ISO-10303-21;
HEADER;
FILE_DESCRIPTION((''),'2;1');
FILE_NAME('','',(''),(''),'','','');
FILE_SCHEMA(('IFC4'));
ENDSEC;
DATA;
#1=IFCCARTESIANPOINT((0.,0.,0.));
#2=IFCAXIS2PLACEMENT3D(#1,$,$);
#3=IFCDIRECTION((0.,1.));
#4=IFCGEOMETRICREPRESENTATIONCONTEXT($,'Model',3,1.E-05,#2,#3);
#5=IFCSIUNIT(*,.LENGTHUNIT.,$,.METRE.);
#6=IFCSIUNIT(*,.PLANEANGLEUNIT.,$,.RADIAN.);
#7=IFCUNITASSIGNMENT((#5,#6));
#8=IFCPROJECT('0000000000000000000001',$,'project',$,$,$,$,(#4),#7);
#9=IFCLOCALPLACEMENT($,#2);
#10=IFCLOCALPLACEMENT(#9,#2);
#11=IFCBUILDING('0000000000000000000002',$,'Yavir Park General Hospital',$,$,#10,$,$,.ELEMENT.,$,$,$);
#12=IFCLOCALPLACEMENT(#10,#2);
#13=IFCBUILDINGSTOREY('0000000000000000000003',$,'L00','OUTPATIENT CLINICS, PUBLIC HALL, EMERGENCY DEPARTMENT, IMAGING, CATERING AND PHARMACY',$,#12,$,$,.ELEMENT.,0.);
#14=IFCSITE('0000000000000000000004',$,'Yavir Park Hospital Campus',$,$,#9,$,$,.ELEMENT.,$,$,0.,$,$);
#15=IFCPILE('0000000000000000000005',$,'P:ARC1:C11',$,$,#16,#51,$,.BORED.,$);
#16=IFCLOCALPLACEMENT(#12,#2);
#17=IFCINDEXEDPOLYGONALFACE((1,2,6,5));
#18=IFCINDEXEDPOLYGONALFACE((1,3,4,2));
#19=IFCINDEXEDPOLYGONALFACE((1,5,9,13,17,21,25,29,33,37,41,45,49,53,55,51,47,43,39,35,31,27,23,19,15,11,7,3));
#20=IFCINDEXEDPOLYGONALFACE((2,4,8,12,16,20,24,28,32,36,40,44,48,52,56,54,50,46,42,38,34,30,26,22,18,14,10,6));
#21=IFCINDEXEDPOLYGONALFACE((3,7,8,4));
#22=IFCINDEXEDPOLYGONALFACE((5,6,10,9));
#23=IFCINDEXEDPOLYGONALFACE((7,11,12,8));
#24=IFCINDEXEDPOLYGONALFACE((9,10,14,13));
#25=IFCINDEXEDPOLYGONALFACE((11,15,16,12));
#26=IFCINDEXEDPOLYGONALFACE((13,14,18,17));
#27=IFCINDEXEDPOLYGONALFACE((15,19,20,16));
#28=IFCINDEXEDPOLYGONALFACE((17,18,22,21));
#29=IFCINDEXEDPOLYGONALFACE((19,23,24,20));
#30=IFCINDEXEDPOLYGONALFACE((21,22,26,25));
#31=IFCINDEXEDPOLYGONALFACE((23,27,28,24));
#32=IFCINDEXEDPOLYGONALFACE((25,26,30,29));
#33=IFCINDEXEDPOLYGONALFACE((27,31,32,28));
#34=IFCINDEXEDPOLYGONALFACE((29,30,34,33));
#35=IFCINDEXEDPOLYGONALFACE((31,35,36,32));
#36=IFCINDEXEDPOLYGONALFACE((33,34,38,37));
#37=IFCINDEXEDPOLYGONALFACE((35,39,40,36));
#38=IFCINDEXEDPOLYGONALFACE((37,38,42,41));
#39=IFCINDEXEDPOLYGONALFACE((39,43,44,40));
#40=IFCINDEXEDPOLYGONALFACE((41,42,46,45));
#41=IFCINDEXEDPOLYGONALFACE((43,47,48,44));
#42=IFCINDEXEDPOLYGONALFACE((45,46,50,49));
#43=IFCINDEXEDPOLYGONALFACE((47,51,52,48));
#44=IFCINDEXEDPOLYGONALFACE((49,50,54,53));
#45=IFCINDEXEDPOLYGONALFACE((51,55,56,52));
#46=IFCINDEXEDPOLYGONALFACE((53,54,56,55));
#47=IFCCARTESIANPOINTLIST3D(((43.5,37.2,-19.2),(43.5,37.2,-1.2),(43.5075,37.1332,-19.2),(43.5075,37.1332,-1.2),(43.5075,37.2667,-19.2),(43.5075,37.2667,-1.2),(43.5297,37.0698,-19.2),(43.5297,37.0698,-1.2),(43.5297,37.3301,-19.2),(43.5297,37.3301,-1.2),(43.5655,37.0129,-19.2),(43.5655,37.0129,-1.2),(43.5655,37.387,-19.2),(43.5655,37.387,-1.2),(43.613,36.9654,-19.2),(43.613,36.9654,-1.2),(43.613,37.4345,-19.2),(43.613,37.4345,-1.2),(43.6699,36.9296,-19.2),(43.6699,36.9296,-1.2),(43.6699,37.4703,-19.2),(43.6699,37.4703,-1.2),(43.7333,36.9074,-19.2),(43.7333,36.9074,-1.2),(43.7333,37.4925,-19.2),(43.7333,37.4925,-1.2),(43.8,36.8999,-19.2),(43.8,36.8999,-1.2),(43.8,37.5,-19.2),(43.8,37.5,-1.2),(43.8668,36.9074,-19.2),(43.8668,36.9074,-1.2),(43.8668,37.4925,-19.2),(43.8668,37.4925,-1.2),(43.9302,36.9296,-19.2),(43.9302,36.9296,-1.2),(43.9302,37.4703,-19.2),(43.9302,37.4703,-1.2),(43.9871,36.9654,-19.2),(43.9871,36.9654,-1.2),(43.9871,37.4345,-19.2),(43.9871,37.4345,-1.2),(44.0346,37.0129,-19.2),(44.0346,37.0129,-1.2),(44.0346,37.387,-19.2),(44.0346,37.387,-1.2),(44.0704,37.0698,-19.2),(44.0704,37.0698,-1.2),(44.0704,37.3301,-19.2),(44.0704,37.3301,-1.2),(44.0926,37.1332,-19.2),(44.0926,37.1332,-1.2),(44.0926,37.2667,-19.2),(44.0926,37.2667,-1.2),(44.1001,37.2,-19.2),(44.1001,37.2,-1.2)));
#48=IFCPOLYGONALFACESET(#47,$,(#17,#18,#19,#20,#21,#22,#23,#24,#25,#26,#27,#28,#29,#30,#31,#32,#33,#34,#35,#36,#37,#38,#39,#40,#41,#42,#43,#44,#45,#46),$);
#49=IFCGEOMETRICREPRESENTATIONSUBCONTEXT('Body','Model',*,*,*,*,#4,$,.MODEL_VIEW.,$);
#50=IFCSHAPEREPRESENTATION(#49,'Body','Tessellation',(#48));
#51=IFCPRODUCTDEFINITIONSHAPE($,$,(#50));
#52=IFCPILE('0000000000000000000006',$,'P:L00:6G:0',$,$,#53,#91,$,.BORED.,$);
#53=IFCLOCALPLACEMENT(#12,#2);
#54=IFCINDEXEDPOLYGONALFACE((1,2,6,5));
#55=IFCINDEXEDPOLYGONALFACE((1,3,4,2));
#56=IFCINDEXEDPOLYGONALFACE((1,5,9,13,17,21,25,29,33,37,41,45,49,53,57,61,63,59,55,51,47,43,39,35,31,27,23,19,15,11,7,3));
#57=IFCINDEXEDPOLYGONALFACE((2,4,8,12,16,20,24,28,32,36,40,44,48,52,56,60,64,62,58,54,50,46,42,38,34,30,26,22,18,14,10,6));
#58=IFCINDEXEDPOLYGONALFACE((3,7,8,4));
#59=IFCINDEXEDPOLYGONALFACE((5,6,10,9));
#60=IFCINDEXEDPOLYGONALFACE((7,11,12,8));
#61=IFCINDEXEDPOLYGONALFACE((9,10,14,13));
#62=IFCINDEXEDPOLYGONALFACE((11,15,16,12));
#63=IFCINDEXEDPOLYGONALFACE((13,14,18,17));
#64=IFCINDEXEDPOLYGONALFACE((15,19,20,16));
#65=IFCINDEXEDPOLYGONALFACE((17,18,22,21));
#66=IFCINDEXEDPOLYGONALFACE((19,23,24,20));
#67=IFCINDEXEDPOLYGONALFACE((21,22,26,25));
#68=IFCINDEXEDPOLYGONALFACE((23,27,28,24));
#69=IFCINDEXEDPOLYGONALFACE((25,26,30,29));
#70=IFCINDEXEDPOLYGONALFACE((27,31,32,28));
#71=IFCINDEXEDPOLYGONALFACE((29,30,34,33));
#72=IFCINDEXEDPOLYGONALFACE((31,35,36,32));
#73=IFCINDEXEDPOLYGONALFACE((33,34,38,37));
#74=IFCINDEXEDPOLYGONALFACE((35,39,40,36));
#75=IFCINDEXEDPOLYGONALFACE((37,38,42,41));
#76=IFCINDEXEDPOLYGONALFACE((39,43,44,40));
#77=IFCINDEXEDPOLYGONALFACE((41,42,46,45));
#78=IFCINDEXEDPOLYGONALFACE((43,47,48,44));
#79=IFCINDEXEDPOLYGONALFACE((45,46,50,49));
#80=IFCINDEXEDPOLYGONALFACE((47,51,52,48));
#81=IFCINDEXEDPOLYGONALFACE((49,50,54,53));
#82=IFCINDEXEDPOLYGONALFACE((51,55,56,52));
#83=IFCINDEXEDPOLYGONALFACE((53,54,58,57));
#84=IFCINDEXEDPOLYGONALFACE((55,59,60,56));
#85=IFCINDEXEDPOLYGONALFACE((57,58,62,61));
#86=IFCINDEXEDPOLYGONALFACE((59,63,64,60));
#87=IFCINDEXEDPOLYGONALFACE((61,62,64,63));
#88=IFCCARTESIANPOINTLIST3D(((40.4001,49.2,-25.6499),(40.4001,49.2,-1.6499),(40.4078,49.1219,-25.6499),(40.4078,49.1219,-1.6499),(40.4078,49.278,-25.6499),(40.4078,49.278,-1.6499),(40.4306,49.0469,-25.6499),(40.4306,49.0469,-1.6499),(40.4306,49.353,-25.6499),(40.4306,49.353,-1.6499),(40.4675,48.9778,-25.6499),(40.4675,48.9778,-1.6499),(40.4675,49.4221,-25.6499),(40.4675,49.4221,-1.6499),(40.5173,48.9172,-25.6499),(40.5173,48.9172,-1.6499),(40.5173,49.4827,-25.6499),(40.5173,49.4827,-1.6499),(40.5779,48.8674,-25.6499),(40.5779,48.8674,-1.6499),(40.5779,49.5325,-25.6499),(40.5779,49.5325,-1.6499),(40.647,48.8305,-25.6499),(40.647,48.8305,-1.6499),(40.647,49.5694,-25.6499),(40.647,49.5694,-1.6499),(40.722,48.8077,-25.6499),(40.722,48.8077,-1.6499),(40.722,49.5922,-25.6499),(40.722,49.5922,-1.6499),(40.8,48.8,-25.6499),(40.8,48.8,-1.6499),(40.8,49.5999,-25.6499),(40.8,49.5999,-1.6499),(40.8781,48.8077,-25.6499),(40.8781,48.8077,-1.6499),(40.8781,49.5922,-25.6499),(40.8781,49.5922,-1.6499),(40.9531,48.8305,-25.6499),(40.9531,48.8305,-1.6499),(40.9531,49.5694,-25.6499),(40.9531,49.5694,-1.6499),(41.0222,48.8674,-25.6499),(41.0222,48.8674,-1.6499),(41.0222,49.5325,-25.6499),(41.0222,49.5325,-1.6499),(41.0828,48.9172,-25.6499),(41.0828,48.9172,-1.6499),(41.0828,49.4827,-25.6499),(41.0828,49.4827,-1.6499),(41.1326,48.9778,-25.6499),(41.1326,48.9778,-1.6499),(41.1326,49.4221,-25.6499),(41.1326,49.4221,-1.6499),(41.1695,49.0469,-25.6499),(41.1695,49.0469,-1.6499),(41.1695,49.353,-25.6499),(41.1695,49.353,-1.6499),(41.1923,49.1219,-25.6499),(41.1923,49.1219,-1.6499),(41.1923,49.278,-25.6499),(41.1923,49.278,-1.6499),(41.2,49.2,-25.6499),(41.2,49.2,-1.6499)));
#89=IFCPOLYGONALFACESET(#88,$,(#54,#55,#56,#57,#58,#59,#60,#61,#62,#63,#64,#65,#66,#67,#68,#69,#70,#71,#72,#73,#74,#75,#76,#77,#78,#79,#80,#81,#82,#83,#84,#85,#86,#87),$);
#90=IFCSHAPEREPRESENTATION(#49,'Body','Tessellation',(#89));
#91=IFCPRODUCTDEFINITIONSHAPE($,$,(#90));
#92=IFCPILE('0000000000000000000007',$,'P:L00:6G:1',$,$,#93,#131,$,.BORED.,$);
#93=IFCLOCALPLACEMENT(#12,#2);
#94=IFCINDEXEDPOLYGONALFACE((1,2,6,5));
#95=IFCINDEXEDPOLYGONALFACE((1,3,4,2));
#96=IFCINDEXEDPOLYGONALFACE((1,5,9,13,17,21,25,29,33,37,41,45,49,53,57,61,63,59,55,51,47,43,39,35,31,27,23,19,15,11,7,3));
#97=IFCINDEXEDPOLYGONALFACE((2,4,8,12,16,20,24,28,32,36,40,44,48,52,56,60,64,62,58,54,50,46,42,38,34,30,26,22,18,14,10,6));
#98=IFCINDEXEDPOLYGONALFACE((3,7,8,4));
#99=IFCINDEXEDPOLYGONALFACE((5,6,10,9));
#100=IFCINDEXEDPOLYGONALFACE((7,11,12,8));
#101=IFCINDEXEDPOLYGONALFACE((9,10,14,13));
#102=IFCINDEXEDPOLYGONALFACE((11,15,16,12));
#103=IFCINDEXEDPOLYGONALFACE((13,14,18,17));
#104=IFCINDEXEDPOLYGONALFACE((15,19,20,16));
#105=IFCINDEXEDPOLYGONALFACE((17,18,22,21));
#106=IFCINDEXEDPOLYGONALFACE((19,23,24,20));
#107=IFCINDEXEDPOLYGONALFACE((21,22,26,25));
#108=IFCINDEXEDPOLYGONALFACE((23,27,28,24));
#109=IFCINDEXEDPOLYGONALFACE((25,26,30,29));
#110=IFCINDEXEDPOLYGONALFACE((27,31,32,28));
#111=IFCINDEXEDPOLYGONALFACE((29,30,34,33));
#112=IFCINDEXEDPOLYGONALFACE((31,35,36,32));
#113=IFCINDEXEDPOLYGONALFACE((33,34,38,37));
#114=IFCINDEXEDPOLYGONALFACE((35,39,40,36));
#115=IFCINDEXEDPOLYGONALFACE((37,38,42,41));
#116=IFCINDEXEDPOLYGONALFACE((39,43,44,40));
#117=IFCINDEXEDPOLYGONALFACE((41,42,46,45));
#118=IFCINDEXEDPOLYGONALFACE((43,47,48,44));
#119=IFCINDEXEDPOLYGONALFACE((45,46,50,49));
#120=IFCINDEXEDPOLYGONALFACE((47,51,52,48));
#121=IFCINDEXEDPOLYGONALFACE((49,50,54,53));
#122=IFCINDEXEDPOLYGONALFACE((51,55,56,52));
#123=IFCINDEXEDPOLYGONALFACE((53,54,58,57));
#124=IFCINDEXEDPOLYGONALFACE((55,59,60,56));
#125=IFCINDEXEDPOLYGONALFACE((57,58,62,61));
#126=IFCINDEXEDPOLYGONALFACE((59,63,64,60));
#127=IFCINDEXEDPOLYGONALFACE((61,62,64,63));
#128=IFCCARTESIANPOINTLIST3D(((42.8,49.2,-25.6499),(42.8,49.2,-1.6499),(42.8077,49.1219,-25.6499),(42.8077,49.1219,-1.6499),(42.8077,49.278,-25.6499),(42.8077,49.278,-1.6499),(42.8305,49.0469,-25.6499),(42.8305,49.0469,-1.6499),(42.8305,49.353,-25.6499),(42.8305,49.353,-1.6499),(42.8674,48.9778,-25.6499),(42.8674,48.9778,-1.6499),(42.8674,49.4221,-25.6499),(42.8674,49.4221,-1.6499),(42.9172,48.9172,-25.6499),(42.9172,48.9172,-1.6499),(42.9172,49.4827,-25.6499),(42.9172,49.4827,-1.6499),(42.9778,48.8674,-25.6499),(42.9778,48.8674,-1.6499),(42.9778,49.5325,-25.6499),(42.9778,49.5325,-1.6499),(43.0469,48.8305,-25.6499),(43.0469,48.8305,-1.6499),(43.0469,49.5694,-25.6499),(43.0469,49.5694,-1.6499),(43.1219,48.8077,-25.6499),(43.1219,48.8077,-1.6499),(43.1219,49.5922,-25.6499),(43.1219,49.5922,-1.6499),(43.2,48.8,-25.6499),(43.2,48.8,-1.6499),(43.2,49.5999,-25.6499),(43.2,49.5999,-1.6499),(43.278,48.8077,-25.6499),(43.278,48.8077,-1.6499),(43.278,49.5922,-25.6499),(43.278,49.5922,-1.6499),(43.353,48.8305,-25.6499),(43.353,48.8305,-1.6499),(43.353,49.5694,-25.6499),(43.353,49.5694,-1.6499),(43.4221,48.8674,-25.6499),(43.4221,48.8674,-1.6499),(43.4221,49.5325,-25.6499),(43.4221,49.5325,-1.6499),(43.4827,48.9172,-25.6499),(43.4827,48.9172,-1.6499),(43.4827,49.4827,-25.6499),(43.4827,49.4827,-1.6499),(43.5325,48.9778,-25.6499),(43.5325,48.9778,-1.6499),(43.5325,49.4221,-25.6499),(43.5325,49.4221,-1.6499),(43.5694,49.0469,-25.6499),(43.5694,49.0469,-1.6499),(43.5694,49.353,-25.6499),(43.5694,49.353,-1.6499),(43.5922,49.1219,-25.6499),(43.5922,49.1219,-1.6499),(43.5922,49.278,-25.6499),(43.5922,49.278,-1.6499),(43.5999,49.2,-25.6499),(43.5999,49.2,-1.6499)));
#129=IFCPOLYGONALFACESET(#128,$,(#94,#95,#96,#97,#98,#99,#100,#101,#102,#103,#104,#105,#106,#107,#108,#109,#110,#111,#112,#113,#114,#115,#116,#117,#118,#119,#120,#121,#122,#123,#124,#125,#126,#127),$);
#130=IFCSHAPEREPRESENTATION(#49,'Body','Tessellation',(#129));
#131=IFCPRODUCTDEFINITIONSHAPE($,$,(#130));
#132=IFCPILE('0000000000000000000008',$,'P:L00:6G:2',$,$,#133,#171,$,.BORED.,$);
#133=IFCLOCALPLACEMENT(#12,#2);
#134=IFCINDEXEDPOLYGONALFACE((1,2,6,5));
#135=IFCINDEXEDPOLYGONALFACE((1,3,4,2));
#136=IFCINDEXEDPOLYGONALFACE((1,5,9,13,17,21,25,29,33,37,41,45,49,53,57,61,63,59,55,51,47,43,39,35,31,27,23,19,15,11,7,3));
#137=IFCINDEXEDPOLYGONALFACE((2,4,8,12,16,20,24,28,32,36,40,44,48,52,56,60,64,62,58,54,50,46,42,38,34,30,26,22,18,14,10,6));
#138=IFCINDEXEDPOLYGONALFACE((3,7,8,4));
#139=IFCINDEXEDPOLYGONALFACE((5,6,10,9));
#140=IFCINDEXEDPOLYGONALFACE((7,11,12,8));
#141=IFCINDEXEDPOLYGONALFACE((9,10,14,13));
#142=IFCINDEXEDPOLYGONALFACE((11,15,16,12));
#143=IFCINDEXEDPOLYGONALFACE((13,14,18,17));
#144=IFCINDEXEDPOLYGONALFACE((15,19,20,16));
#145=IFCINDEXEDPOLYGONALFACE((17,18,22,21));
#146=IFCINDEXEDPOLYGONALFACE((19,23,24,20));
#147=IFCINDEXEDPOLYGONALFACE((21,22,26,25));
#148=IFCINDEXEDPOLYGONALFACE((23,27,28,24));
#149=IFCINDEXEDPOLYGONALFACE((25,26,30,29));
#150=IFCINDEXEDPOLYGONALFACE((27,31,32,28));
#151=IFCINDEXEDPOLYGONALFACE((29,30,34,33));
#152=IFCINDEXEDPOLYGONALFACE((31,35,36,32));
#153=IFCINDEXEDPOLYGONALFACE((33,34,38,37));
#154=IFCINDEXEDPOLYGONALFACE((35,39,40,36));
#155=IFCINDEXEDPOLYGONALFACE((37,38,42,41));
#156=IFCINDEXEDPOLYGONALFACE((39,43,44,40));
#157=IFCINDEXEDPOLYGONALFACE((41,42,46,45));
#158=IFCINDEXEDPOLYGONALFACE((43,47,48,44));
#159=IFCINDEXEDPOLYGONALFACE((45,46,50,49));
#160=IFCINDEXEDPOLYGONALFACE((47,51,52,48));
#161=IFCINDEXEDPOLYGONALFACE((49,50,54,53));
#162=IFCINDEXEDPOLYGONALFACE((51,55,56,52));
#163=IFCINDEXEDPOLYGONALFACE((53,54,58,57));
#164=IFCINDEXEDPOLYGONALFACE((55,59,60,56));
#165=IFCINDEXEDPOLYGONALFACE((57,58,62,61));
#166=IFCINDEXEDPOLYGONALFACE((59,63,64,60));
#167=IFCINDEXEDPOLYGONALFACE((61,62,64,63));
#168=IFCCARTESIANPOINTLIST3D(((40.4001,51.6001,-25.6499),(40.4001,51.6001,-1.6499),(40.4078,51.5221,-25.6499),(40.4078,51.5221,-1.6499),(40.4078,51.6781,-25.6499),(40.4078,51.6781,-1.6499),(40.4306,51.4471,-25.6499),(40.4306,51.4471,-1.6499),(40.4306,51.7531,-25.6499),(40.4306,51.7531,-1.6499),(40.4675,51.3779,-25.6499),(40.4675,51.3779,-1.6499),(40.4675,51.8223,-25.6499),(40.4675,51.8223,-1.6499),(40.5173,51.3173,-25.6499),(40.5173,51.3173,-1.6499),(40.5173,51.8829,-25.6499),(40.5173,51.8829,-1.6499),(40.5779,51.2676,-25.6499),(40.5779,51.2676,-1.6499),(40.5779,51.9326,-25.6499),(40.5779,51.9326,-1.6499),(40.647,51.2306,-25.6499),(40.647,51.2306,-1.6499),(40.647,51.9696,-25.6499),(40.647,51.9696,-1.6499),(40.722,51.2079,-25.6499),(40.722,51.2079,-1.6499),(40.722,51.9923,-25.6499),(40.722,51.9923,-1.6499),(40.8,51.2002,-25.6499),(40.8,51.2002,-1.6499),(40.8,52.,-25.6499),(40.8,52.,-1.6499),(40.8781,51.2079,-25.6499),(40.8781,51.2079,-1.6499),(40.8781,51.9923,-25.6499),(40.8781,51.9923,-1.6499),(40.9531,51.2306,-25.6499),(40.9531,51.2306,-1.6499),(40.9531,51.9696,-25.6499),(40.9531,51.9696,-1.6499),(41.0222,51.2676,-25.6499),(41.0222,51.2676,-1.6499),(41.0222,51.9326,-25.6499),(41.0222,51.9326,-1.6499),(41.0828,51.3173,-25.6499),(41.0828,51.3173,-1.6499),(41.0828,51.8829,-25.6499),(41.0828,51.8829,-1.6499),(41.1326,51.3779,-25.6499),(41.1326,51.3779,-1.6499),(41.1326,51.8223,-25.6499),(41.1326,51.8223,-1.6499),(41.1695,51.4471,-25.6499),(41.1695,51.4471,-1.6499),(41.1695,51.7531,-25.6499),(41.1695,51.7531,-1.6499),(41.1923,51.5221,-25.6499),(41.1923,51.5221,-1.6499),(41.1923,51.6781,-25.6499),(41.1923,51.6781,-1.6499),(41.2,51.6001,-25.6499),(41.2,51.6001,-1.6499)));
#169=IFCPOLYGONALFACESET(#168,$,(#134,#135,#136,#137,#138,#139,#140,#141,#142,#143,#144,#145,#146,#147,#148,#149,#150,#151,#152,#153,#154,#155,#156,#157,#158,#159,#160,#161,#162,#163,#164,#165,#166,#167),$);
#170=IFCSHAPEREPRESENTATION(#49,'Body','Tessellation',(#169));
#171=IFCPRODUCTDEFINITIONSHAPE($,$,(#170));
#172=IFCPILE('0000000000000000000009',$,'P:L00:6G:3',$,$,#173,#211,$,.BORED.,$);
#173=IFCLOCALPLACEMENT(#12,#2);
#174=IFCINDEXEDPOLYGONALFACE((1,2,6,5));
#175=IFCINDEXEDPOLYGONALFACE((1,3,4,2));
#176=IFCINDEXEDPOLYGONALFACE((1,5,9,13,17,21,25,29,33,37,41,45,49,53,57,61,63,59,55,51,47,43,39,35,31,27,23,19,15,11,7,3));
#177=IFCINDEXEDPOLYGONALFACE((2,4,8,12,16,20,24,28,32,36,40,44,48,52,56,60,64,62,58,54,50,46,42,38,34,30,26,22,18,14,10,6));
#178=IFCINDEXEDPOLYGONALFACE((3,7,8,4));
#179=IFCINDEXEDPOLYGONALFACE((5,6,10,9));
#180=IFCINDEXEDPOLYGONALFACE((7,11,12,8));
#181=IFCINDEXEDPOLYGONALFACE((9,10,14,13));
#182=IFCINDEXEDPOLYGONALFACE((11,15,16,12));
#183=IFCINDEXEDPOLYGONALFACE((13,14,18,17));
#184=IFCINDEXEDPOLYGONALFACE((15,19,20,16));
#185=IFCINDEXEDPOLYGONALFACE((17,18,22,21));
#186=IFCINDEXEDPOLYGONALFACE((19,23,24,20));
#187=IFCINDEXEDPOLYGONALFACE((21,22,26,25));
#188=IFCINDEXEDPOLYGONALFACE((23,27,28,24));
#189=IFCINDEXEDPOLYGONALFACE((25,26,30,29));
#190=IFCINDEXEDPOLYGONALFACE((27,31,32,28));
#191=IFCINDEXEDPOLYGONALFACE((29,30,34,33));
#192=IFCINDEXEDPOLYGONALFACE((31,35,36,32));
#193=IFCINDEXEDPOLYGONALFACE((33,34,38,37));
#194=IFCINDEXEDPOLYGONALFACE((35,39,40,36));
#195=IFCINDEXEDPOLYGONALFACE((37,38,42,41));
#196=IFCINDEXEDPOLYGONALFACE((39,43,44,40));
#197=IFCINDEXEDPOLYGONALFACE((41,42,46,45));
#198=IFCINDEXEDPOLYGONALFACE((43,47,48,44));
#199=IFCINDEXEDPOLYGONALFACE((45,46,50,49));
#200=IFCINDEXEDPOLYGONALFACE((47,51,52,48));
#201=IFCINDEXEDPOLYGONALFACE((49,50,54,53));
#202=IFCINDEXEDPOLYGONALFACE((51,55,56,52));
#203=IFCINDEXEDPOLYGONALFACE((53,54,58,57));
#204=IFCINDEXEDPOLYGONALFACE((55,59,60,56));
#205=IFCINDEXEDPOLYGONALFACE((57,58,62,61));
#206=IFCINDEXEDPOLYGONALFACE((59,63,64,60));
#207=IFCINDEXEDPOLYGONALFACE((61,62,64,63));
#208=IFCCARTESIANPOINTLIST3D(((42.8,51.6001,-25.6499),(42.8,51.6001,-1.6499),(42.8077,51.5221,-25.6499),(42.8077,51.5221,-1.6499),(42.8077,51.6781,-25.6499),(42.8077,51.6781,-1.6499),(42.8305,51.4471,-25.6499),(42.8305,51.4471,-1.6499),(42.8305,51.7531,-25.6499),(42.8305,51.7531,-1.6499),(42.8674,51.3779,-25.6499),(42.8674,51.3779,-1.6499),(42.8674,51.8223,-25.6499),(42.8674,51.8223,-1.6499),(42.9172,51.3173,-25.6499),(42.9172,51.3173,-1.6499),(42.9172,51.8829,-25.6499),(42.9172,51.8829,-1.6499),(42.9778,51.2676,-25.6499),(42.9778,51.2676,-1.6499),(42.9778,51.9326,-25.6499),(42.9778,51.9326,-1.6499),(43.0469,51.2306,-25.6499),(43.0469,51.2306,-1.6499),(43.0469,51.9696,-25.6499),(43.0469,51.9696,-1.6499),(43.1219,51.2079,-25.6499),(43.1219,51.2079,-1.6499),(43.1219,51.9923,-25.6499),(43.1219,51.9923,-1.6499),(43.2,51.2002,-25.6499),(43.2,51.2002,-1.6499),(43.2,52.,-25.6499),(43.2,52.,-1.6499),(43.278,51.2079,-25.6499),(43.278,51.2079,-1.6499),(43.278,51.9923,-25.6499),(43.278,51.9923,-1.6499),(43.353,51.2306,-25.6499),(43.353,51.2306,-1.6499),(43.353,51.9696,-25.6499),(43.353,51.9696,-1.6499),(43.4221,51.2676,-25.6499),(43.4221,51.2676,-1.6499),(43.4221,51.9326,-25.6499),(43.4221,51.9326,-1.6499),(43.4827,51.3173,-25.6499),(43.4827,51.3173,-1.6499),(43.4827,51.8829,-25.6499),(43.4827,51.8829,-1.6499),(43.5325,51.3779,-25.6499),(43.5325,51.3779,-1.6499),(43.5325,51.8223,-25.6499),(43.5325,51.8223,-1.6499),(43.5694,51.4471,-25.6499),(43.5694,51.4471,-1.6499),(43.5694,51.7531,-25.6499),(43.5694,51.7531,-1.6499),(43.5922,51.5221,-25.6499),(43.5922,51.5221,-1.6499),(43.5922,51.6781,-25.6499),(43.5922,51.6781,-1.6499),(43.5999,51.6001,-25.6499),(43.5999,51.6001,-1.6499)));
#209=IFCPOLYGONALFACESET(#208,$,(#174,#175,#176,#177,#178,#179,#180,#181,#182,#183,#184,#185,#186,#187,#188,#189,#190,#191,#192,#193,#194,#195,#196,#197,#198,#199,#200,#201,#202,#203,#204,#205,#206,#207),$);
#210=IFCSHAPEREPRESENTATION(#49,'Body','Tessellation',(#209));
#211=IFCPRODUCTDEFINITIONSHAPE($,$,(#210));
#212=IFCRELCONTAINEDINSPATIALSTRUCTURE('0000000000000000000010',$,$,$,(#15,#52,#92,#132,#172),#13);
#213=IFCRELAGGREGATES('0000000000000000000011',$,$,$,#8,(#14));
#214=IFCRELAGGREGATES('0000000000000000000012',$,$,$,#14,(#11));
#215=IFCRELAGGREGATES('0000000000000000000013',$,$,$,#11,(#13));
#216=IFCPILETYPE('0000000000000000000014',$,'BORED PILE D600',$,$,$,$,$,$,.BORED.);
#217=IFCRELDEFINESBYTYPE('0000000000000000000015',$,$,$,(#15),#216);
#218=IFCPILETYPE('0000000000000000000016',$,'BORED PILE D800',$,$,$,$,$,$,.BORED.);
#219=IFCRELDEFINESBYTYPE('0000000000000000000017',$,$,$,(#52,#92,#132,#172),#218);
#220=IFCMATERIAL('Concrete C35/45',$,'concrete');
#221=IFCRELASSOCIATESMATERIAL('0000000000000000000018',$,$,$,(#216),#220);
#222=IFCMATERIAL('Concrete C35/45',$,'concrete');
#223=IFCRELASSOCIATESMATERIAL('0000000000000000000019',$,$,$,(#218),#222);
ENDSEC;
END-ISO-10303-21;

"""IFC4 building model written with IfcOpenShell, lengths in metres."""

from ifc_helpers import new_model, si_unit, direction, frame, origin, origin_2d, place, context, subcontext, project, spatial, circle, extrude, material, material_profile, profile_set, type_object, element, save


model = new_model("IFC4")

# Units and contexts
model_context = context("Model", 3, precision=1e-05, world=origin(), true_north=direction((0.0, 1.0)))
body_context = subcontext(model_context, "Body", "Model", "MODEL_VIEW")
ifc_project = project(units=[si_unit("LENGTHUNIT", "METRE"), si_unit("PLANEANGLEUNIT", "RADIAN")], contexts=[model_context])

# Site, building, storey
site_placement = place(None, origin())
site = spatial("IfcSite", under=ifc_project, at=site_placement, Name="Yavir Park Hospital Campus", CompositionType="ELEMENT", RefElevation=0.0)
building_placement = place(site_placement, origin())
building = spatial("IfcBuilding", under=site, at=building_placement, Name="Yavir Park General Hospital", CompositionType="ELEMENT")
storey_placement = place(building_placement, origin())
storey = spatial("IfcBuildingStorey", under=building, at=storey_placement, Name="L00", Description="OUTPATIENT CLINICS, PUBLIC HALL, EMERGENCY DEPARTMENT, IMAGING, CATERING AND PHARMACY", CompositionType="ELEMENT", Elevation=0.0)

# Piles
ifc_material_1 = material(Name="Concrete C35/45", Category="concrete")
ifc_material_profile_1 = material_profile(ifc_material_1, circle(Radius=0.3, at=origin_2d()), Name="D600")
ifc_profile_set_1 = profile_set([ifc_material_profile_1], Name="Concrete C35/45")
pile_type_1 = type_object("IfcPileType", Name="BORED PILE D600", PredefinedType="BORED", material=ifc_profile_set_1)
pile_placement = place(storey_placement, frame((43.8, 37.2, -1.2), z_axis=(0.0, 0.0, -1.0), x_axis=(1.0, 0.0, 0.0)))
element("IfcPile", 1, at=pile_placement, inside=storey, type_object=pile_type_1, Name="P:ARC1:C11", PredefinedType="BORED", context=body_context, shape_type="SweptSolid", body=[
    extrude(circle(Radius=0.3, at=origin_2d()), origin(), (0.0, 0.0, 1.0), 18.0),
])
ifc_material_2 = material(Name="Concrete C35/45", Category="concrete")
ifc_material_profile_2 = material_profile(ifc_material_2, circle(Radius=0.3999, at=origin_2d()), Name="D800")
ifc_profile_set_2 = profile_set([ifc_material_profile_2], Name="Concrete C35/45")
pile_type_2 = type_object("IfcPileType", Name="BORED PILE D800", PredefinedType="BORED", material=ifc_profile_set_2)
for number, where, z_axis, x_axis, name in (
    (2, (40.8, 49.2, -1.6499), (0.0, 0.0, -1.0), (1.0, 0.0, 0.0), "P:L00:6G:0"),
    (3, (43.2, 49.2, -1.6499), (0.0, 0.0, -1.0), (1.0, 0.0, 0.0), "P:L00:6G:1"),
    (4, (40.8, 51.6001, -1.6499), (0.0, 0.0, -1.0), (1.0, 0.0, 0.0), "P:L00:6G:2"),
    (5, (43.2, 51.6001, -1.6499), (0.0, 0.0, -1.0), (1.0, 0.0, 0.0), "P:L00:6G:3"),
):
    element("IfcPile", number, at=place(storey_placement, frame(where, z_axis=z_axis, x_axis=x_axis)), inside=storey, type_object=pile_type_2, Name=name, PredefinedType="BORED", context=body_context, shape_type="SweptSolid", body=[
        extrude(circle(Radius=0.3999, at=origin_2d()), origin(), (0.0, 0.0, 1.0), 24.0),
    ])

save(model, "model.ifc")
